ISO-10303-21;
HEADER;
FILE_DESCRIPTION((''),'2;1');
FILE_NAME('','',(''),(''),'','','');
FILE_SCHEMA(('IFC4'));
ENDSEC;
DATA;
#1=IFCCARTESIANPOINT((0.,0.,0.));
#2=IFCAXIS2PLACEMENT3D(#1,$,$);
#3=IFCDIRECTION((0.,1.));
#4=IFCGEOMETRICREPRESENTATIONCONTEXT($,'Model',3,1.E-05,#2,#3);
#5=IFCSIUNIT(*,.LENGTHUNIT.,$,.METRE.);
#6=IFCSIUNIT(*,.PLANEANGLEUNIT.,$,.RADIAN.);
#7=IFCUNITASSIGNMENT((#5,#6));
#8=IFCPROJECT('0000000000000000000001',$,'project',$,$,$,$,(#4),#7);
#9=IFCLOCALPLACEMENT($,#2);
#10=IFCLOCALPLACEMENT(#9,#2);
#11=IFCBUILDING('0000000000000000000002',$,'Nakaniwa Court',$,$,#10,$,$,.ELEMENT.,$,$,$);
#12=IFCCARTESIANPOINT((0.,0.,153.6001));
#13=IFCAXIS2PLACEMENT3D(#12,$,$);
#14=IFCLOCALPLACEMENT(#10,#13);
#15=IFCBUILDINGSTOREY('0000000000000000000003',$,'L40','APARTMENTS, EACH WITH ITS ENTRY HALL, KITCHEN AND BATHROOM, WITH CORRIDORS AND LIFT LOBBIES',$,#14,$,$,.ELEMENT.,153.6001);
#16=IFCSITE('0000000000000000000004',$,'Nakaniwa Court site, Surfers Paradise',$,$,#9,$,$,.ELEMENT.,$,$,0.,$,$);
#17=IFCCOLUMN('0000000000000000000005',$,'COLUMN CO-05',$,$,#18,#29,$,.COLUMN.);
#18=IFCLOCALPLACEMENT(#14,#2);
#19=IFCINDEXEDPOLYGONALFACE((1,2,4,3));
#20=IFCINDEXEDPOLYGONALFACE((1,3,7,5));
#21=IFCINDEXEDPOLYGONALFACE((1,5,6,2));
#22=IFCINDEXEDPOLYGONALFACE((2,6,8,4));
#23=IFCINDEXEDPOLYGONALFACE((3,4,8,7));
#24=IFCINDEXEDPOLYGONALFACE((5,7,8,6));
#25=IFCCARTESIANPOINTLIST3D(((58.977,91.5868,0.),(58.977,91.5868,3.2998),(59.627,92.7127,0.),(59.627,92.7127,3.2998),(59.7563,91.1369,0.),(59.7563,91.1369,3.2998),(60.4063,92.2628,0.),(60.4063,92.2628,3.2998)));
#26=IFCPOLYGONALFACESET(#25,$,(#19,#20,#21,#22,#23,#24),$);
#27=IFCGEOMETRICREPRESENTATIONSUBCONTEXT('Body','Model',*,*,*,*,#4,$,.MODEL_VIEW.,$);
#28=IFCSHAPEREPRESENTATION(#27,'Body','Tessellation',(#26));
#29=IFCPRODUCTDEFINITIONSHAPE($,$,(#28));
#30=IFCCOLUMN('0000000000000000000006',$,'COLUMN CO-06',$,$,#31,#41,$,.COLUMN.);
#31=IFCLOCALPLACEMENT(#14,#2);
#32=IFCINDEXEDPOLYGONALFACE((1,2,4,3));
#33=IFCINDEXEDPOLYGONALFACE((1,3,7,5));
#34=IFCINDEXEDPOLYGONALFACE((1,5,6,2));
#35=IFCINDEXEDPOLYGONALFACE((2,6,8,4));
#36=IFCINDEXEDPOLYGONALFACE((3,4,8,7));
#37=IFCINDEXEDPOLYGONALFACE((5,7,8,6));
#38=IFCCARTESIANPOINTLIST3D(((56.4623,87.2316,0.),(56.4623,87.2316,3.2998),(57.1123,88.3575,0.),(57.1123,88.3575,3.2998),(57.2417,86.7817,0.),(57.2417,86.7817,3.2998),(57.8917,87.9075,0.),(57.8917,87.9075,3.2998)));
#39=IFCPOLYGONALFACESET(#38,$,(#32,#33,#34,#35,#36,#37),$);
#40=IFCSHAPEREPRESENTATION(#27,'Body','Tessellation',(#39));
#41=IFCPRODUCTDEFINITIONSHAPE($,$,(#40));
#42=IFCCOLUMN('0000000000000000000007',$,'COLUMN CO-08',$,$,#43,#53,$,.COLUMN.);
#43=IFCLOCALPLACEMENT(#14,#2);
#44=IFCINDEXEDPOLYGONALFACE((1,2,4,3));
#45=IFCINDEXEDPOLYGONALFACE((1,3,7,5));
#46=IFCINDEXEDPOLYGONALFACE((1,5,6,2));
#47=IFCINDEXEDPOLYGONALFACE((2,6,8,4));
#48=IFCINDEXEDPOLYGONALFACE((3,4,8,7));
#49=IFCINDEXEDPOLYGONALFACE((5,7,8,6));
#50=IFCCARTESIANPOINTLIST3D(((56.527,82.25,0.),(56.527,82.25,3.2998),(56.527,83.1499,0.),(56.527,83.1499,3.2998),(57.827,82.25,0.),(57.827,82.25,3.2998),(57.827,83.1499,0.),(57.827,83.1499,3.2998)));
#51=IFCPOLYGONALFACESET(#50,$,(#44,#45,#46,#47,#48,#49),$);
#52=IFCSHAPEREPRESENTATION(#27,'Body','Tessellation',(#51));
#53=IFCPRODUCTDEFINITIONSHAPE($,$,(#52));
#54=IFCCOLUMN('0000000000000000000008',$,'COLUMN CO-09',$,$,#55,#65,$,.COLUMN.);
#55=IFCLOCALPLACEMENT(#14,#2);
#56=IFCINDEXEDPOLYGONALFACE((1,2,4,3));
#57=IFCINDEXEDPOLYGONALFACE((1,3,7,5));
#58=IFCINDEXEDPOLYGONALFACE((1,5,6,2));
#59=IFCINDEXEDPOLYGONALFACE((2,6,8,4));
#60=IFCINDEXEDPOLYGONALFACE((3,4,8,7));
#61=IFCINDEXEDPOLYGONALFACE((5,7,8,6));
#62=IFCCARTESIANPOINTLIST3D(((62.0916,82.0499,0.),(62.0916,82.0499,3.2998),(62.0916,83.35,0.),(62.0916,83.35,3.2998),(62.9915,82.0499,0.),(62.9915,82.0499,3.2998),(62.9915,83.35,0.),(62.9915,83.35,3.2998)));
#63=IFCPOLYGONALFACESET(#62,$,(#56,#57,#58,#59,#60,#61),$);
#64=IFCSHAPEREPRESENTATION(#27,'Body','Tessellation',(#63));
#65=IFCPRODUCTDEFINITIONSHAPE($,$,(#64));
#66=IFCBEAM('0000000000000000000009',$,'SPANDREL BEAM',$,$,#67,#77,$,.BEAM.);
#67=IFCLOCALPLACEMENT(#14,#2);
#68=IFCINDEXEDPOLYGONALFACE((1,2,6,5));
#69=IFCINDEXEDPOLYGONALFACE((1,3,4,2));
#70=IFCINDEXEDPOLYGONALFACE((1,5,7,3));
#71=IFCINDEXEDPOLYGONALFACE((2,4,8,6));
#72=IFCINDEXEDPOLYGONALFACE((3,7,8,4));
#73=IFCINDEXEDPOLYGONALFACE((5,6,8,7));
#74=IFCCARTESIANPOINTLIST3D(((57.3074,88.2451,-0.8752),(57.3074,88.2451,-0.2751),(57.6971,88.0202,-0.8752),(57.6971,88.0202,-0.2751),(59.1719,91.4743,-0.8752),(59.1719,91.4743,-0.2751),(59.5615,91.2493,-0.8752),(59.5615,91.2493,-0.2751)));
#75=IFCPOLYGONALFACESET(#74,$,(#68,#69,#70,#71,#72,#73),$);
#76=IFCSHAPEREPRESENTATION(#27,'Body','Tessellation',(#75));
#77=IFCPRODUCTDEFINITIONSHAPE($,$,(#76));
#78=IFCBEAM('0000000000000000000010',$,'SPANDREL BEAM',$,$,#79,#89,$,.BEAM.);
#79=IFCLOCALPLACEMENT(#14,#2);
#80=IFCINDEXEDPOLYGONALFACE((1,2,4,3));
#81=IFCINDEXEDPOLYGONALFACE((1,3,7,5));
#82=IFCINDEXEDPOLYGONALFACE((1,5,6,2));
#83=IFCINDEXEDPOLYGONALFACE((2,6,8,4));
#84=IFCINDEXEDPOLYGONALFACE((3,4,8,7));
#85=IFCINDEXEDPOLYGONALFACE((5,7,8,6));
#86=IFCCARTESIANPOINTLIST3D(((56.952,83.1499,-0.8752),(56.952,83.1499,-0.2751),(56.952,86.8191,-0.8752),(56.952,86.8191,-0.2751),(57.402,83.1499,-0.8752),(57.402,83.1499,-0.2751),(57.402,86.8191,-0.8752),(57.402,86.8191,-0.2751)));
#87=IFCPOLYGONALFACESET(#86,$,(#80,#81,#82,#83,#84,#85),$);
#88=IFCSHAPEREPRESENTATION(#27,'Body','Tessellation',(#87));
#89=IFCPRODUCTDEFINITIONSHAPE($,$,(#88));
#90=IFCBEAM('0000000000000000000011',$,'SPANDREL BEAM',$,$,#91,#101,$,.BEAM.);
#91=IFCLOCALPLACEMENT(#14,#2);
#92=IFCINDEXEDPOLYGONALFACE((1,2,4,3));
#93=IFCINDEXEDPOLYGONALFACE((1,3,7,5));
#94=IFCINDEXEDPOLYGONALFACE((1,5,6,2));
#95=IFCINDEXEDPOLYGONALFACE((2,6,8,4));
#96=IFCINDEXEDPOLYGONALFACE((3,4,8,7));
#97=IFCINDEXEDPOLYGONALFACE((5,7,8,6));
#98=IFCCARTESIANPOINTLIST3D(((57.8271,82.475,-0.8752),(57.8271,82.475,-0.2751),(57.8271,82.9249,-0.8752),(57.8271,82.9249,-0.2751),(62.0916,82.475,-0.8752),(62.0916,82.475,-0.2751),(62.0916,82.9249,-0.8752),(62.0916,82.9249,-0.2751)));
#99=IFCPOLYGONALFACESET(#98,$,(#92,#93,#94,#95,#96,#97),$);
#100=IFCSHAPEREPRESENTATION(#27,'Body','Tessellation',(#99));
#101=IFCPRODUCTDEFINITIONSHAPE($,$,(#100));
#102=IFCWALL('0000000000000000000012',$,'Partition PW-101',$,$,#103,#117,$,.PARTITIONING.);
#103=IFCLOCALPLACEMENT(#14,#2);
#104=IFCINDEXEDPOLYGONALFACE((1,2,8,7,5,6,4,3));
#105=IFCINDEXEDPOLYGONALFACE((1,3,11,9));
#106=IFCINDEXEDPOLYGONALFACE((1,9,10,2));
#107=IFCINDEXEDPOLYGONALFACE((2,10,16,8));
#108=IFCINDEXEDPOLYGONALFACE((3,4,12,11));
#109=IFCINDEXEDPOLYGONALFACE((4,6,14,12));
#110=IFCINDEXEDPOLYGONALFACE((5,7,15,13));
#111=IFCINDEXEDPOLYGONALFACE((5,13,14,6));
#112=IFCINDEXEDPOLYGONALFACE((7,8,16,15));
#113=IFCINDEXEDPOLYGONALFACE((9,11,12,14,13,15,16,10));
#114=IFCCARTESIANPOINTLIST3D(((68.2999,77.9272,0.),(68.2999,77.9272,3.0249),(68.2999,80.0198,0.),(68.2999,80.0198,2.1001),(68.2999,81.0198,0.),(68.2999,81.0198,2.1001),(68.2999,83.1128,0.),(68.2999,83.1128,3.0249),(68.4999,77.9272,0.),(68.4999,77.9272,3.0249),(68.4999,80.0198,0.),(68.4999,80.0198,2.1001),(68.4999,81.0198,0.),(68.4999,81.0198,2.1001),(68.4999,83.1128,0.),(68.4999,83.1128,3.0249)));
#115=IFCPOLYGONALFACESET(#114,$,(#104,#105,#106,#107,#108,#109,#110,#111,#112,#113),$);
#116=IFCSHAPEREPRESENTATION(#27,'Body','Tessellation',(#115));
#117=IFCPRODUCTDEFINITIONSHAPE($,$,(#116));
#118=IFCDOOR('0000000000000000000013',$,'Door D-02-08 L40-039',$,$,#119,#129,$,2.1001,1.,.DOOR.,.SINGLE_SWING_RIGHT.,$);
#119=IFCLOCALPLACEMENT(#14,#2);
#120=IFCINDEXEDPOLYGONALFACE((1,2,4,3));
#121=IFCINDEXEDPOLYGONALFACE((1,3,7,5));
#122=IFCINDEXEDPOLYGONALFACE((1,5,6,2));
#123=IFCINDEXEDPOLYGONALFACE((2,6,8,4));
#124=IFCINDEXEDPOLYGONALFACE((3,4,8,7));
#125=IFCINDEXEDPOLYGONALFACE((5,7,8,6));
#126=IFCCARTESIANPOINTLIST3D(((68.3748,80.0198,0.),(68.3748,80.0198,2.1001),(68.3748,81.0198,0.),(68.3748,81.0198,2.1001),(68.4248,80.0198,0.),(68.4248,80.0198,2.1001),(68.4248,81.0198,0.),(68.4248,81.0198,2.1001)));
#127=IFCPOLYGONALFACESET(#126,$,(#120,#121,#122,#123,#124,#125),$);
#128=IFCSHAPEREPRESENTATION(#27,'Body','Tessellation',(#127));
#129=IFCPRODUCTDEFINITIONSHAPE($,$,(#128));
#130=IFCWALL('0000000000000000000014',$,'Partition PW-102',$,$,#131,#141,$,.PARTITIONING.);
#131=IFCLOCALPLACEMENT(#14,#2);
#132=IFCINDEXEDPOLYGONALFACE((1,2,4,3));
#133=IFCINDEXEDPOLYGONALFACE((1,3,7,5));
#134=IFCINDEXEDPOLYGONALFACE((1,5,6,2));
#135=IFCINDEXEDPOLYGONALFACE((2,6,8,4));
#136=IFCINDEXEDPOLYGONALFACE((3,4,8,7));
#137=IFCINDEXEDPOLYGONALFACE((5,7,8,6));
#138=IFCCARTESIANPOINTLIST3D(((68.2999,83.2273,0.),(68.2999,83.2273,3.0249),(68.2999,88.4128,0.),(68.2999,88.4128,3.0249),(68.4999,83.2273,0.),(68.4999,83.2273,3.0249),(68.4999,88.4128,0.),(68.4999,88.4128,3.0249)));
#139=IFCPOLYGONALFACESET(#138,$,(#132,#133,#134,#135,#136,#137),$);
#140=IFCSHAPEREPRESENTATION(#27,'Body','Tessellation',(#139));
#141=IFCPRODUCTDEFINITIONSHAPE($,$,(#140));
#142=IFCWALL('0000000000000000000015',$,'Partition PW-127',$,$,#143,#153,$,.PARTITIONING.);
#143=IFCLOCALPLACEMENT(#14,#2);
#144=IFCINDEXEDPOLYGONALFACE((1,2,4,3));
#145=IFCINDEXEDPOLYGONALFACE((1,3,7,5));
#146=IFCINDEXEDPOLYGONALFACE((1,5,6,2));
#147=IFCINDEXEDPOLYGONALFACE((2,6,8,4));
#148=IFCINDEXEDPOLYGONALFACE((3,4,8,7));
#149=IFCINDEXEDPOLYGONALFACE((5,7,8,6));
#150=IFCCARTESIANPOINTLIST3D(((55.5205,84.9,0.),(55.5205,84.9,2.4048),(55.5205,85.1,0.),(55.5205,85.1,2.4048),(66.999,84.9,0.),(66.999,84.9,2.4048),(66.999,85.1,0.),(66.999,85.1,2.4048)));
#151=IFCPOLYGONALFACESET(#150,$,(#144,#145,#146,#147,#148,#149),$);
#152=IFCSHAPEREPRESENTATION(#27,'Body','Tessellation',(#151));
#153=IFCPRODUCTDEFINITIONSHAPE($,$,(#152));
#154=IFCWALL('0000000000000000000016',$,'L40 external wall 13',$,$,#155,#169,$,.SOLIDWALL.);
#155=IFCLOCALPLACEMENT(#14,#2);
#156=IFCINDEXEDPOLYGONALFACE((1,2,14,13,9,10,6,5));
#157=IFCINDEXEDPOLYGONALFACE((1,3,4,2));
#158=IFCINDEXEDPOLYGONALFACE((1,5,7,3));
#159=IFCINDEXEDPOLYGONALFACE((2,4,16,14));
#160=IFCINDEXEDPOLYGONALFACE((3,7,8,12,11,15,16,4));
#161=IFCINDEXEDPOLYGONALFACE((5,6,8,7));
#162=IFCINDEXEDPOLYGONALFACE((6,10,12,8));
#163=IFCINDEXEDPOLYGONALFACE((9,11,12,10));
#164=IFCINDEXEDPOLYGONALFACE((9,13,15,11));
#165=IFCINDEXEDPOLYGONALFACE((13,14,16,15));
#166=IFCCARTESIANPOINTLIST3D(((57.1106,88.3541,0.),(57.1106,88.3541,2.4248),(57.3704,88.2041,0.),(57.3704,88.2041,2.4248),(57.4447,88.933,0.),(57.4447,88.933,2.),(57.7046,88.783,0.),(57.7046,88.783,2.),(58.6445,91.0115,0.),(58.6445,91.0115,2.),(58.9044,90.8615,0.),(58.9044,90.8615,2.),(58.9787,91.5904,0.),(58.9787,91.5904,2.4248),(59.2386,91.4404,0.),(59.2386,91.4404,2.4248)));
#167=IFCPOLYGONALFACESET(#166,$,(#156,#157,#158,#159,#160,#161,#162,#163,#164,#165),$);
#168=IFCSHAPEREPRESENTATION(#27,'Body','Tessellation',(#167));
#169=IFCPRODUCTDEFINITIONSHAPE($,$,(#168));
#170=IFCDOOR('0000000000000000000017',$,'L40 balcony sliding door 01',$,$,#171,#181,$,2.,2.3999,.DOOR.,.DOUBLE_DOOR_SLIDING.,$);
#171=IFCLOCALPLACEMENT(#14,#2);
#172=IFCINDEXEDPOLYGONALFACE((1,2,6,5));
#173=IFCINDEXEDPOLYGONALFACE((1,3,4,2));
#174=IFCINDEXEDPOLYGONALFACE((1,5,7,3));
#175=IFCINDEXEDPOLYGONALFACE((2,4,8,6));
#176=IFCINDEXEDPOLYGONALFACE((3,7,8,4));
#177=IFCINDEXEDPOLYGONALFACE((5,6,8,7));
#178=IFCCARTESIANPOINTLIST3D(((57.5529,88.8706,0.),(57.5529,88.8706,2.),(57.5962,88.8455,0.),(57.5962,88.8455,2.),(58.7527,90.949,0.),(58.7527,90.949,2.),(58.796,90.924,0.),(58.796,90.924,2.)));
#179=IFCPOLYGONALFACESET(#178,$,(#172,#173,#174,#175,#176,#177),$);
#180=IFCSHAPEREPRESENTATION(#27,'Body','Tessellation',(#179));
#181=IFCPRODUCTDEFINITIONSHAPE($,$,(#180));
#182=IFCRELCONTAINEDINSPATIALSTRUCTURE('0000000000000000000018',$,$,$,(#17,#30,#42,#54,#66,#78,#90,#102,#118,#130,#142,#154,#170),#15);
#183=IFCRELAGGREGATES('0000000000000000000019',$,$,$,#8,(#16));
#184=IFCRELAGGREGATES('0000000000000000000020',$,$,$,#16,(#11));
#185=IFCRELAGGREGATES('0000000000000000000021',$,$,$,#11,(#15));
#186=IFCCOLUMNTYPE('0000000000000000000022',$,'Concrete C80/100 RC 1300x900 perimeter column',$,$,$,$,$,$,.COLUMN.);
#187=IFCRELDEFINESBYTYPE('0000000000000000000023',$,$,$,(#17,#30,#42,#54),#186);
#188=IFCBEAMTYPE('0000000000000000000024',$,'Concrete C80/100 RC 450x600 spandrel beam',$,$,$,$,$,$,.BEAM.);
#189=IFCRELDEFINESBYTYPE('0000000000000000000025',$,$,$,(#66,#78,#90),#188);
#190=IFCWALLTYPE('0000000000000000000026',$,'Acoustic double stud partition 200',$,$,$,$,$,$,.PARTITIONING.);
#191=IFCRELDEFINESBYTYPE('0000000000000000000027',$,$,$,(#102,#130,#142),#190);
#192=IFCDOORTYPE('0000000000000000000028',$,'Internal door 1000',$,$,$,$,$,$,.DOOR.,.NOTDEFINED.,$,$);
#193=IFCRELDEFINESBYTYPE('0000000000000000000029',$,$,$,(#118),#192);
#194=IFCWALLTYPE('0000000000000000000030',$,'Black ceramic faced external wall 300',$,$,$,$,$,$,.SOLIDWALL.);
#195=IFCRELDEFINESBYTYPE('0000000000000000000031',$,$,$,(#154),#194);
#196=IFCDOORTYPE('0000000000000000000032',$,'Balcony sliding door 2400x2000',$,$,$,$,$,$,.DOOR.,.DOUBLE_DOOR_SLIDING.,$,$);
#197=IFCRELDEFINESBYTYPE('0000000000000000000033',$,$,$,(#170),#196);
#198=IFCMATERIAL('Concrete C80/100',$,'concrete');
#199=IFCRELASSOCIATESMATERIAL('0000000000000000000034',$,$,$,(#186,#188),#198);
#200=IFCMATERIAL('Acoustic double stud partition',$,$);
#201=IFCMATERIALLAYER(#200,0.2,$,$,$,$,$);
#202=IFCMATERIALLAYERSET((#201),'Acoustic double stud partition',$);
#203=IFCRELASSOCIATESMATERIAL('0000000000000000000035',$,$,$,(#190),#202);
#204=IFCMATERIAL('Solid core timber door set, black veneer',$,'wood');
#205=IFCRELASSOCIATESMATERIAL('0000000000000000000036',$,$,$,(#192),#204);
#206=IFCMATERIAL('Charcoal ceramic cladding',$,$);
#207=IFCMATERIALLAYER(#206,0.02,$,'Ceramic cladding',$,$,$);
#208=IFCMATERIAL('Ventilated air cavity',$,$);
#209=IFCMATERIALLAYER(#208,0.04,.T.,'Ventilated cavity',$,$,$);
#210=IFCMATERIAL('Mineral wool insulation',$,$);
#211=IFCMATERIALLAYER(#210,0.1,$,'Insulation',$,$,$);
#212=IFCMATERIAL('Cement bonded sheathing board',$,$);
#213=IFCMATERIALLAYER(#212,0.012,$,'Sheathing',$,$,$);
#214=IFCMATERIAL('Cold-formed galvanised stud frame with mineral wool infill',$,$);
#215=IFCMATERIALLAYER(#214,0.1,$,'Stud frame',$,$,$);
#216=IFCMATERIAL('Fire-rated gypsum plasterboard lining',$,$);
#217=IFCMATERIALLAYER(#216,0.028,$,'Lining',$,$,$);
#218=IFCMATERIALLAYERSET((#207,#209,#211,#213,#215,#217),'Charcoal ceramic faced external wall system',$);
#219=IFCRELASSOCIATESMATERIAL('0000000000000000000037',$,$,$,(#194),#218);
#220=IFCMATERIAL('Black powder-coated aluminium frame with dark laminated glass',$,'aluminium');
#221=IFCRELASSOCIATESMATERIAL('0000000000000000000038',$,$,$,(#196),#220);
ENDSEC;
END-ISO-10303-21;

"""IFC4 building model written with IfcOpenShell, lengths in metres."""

from ifc_helpers import new_model, si_unit, direction, frame, frame_2d, origin, origin_2d, place, context, subcontext, project, spatial, rectangle, extrude, material, layer, layer_set, material_profile, profile_set, type_object, element, fill, save


model = new_model("IFC4")

# Units and contexts
model_context = context("Model", 3, precision=1e-05, world=origin(), true_north=direction((0.0, 1.0)))
body_context = subcontext(model_context, "Body", "Model", "MODEL_VIEW")
ifc_project = project(units=[si_unit("LENGTHUNIT", "METRE"), si_unit("PLANEANGLEUNIT", "RADIAN")], contexts=[model_context])

# Site, building, storey
site_placement = place(None, origin())
site = spatial("IfcSite", under=ifc_project, at=site_placement, Name="Nakaniwa Court site, Surfers Paradise", CompositionType="ELEMENT", RefElevation=0.0)
building_placement = place(site_placement, origin())
building = spatial("IfcBuilding", under=site, at=building_placement, Name="Nakaniwa Court", CompositionType="ELEMENT")
storey_placement = place(building_placement, frame((0.0, 0.0, 153.6001)))
storey = spatial("IfcBuildingStorey", under=building, at=storey_placement, Name="L40", Description="APARTMENTS, EACH WITH ITS ENTRY HALL, KITCHEN AND BATHROOM, WITH CORRIDORS AND LIFT LOBBIES", CompositionType="ELEMENT", Elevation=153.6001)

# Columns
ifc_material_1 = material(Name="Concrete C80/100", Category="concrete")
ifc_material_profile_1 = material_profile(ifc_material_1, rectangle(XDim=1.3, YDim=0.8999, at=origin_2d()), Name="Concrete C80/100 RC 1300x900 perimeter column")
ifc_profile_set_1 = profile_set([ifc_material_profile_1], Name="Concrete C80/100")
column_type = type_object("IfcColumnType", Name="Concrete C80/100 RC 1300x900 perimeter column", PredefinedType="COLUMN", material=ifc_profile_set_1)
for number, where, z_axis, x_axis, name in (
    (1, (59.6917, 91.9248, 0.0), (0.0, 0.0, 1.0), (-0.5, -0.866025, 0.0), "COLUMN CO-05"),
    (2, (57.177, 87.5696, 0.0), (0.0, 0.0, 1.0), (-0.5, -0.866025, 0.0), "COLUMN CO-06"),
    (3, (57.177, 82.7, 0.0), (0.0, 0.0, 1.0), (1.0, 0.0, 0.0), "COLUMN CO-08"),
    (4, (62.5415, 82.7, 0.0), (0.0, 0.0, 1.0), (0.0, -1.0, 0.0), "COLUMN CO-09"),
):
    element("IfcColumn", number, at=place(storey_placement, frame(where, z_axis=z_axis, x_axis=x_axis)), inside=storey, type_object=column_type, Name=name, PredefinedType="COLUMN", context=body_context, shape_type="SweptSolid", body=[
        extrude(rectangle(XDim=1.3, YDim=0.8999, at=origin_2d()), origin(), (0.0, 0.0, 1.0), 3.2998),
    ])

# Beams
ifc_material_profile_2 = material_profile(ifc_material_1, rectangle(XDim=0.45, YDim=0.6001, at=origin_2d()), Name="Concrete C80/100 RC 450x600 spandrel beam")
ifc_profile_set_2 = profile_set([ifc_material_profile_2], Name="Concrete C80/100")
beam_type = type_object("IfcBeamType", Name="Concrete C80/100 RC 450x600 spandrel beam", PredefinedType="BEAM", material=ifc_profile_set_2)
beam_1_placement = place(storey_placement, frame((59.3667, 91.3618, -0.5752), z_axis=(-0.500019, -0.866014, 0.0), x_axis=(0.866014, -0.500019, 0.0)))
element("IfcBeam", 5, at=beam_1_placement, inside=storey, type_object=beam_type, Name="SPANDREL BEAM", PredefinedType="BEAM", context=body_context, shape_type="SweptSolid", body=[
    extrude(rectangle(XDim=0.45, YDim=0.6001, at=origin_2d()), origin(), (0.0, 0.0, 1.0), 3.7288),
])
beam_2_placement = place(storey_placement, frame((57.177, 86.8191, -0.5752), z_axis=(0.0, -1.0, 0.0), x_axis=(1.0, 0.0, 0.0)))
element("IfcBeam", 6, at=beam_2_placement, inside=storey, type_object=beam_type, Name="SPANDREL BEAM", PredefinedType="BEAM", context=body_context, shape_type="SweptSolid", body=[
    extrude(rectangle(XDim=0.45, YDim=0.6001, at=origin_2d()), origin(), (0.0, 0.0, 1.0), 3.6692),
])
beam_3_placement = place(storey_placement, frame((57.8271, 82.7, -0.5752), z_axis=(1.0, 0.0, 0.0), x_axis=(0.0, 1.0, 0.0)))
element("IfcBeam", 7, at=beam_3_placement, inside=storey, type_object=beam_type, Name="SPANDREL BEAM", PredefinedType="BEAM", context=body_context, shape_type="SweptSolid", body=[
    extrude(rectangle(XDim=0.45, YDim=0.6001, at=origin_2d()), origin(), (0.0, 0.0, 1.0), 4.2644),
])

# Wall, opening, door
ifc_material_2 = material(Name="Acoustic double stud partition")
ifc_layer_1 = layer(ifc_material_2, 0.2)
ifc_layer_set_1 = layer_set([ifc_layer_1], Name="Acoustic double stud partition")
wall_type_1 = type_object("IfcWallType", Name="Acoustic double stud partition 200", PredefinedType="PARTITIONING", material=ifc_layer_set_1)
wall_1_placement = place(storey_placement, frame((68.3999, 83.1128, 0.0), z_axis=(0.0, 0.0, 1.0), x_axis=(0.0, -1.0, 0.0)))
wall_1 = element("IfcWall", 8, at=wall_1_placement, inside=storey, type_object=wall_type_1, Name="Partition PW-101", PredefinedType="PARTITIONING", context=body_context, shape_type="SweptSolid", body=[
    extrude(rectangle(XDim=5.1855, YDim=0.2, at=frame_2d((2.5928, 0.0))), origin(), (0.0, 0.0, 1.0), 3.0249),
])
opening_1_placement = place(wall_1_placement, frame((2.093, 0.0, 0.0)))
opening_1 = element("IfcOpeningElement", 9, at=opening_1_placement, cuts=wall_1, PredefinedType="OPENING", context=body_context, shape_type="SweptSolid", body=[
    extrude(rectangle(XDim=1.0, YDim=2.1001, at=frame_2d((0.5, 1.05))), frame((0.0, 0.1099, 0.0), z_axis=(0.0, -1.0, 0.0), x_axis=(1.0, 0.0, 0.0)), (0.0, 0.0, 1.0), 0.22),
])
ifc_material_3 = material(Name="Solid core timber door set, black veneer", Category="wood")
door_type_1 = type_object("IfcDoorType", Name="Internal door 1000", OperationType="NOTDEFINED", PredefinedType="DOOR", material=ifc_material_3)
door_1_placement = place(opening_1_placement, origin())
door_1 = element("IfcDoor", 10, at=door_1_placement, inside=storey, type_object=door_type_1, Name="Door D-02-08 L40-039", OperationType="SINGLE_SWING_RIGHT", OverallHeight=2.1001, OverallWidth=1.0, PredefinedType="DOOR", context=body_context, shape_type="SweptSolid", body=[
    extrude(rectangle(XDim=1.0, YDim=2.1001, at=frame_2d((0.5, 1.05))), frame((0.0, 0.0249, 0.0), z_axis=(0.0, -1.0, 0.0), x_axis=(1.0, 0.0, 0.0)), (0.0, 0.0, 1.0), 0.05),
])
fill(opening_1, door_1)

# Walls
wall_2_placement = place(storey_placement, frame((68.3999, 83.2273, 0.0), z_axis=(0.0, 0.0, 1.0), x_axis=(0.0, 1.0, 0.0)))
element("IfcWall", 11, at=wall_2_placement, inside=storey, type_object=wall_type_1, Name="Partition PW-102", PredefinedType="PARTITIONING", context=body_context, shape_type="SweptSolid", body=[
    extrude(rectangle(XDim=5.1855, YDim=0.2, at=frame_2d((2.5928, 0.0))), origin(), (0.0, 0.0, 1.0), 3.0249),
])
wall_3_placement = place(storey_placement, frame((55.5205, 85.0, 0.0), z_axis=(0.0, 0.0, 1.0), x_axis=(1.0, 0.0, 0.0)))
element("IfcWall", 12, at=wall_3_placement, inside=storey, type_object=wall_type_1, Name="Partition PW-127", PredefinedType="PARTITIONING", context=body_context, shape_type="SweptSolid", body=[
    extrude(rectangle(XDim=11.4785, YDim=0.2, at=frame_2d((5.7393, 0.0))), origin(), (0.0, 0.0, 1.0), 2.4048),
])

# Wall, opening, door
ifc_material_4 = material(Name="Charcoal ceramic cladding")
ifc_layer_2 = layer(ifc_material_4, 0.02, Name="Ceramic cladding")
ifc_material_5 = material(Name="Ventilated air cavity")
ifc_layer_3 = layer(ifc_material_5, 0.04, ventilated=True, Name="Ventilated cavity")
ifc_material_6 = material(Name="Mineral wool insulation")
ifc_layer_4 = layer(ifc_material_6, 0.1, Name="Insulation")
ifc_material_7 = material(Name="Cement bonded sheathing board")
ifc_layer_5 = layer(ifc_material_7, 0.012, Name="Sheathing")
ifc_material_8 = material(Name="Cold-formed galvanised stud frame with mineral wool infill")
ifc_layer_6 = layer(ifc_material_8, 0.1, Name="Stud frame")
ifc_material_9 = material(Name="Fire-rated gypsum plasterboard lining")
ifc_layer_7 = layer(ifc_material_9, 0.028, Name="Lining")
ifc_layer_set_2 = layer_set([ifc_layer_2, ifc_layer_3, ifc_layer_4, ifc_layer_5, ifc_layer_6, ifc_layer_7], Name="Charcoal ceramic faced external wall system")
wall_type_2 = type_object("IfcWallType", Name="Black ceramic faced external wall 300", PredefinedType="SOLIDWALL", material=ifc_layer_set_2)
wall_4_placement = place(storey_placement, frame((59.1086, 91.5154, 0.0), z_axis=(0.0, 0.0, 1.0), x_axis=(-0.499934, -0.866064, 0.0)))
wall_4 = element("IfcWall", 13, at=wall_4_placement, inside=storey, type_object=wall_type_2, Name="L40 external wall 13", PredefinedType="SOLIDWALL", context=body_context, shape_type="SweptSolid", body=[
    extrude(rectangle(XDim=3.7368, YDim=0.3, at=frame_2d((1.8684, 0.0))), origin(), (0.0, 0.0, 1.0), 2.4248),
])
opening_2_placement = place(wall_4_placement, frame((0.6685, 0.0, 0.0)))
opening_2 = element("IfcOpeningElement", 14, at=opening_2_placement, cuts=wall_4, PredefinedType="OPENING", context=body_context, shape_type="SweptSolid", body=[
    extrude(rectangle(XDim=2.3999, YDim=2.0, at=frame_2d((1.2, 1.0))), frame((0.0, 0.1599, 0.0), z_axis=(0.0, -1.0, 0.0), x_axis=(1.0, 0.0, 0.0)), (0.0, 0.0, 1.0), 0.3201),
])
ifc_material_10 = material(Name="Black powder-coated aluminium frame with dark laminated glass", Category="aluminium")
door_type_2 = type_object("IfcDoorType", Name="Balcony sliding door 2400x2000", OperationType="DOUBLE_DOOR_SLIDING", PredefinedType="DOOR", material=ifc_material_10)
door_2_placement = place(opening_2_placement, origin())
door_2 = element("IfcDoor", 15, at=door_2_placement, inside=storey, type_object=door_type_2, Name="L40 balcony sliding door 01", OperationType="DOUBLE_DOOR_SLIDING", OverallHeight=2.0, OverallWidth=2.3999, PredefinedType="DOOR", context=body_context, shape_type="SweptSolid", body=[
    extrude(rectangle(XDim=2.3999, YDim=2.0, at=frame_2d((1.2, 1.0))), frame((0.0, 0.0249, 0.0), z_axis=(0.0, -1.0, 0.0), x_axis=(1.0, 0.0, 0.0)), (0.0, 0.0, 1.0), 0.05),
])
fill(opening_2, door_2)

save(model, "model.ifc")
